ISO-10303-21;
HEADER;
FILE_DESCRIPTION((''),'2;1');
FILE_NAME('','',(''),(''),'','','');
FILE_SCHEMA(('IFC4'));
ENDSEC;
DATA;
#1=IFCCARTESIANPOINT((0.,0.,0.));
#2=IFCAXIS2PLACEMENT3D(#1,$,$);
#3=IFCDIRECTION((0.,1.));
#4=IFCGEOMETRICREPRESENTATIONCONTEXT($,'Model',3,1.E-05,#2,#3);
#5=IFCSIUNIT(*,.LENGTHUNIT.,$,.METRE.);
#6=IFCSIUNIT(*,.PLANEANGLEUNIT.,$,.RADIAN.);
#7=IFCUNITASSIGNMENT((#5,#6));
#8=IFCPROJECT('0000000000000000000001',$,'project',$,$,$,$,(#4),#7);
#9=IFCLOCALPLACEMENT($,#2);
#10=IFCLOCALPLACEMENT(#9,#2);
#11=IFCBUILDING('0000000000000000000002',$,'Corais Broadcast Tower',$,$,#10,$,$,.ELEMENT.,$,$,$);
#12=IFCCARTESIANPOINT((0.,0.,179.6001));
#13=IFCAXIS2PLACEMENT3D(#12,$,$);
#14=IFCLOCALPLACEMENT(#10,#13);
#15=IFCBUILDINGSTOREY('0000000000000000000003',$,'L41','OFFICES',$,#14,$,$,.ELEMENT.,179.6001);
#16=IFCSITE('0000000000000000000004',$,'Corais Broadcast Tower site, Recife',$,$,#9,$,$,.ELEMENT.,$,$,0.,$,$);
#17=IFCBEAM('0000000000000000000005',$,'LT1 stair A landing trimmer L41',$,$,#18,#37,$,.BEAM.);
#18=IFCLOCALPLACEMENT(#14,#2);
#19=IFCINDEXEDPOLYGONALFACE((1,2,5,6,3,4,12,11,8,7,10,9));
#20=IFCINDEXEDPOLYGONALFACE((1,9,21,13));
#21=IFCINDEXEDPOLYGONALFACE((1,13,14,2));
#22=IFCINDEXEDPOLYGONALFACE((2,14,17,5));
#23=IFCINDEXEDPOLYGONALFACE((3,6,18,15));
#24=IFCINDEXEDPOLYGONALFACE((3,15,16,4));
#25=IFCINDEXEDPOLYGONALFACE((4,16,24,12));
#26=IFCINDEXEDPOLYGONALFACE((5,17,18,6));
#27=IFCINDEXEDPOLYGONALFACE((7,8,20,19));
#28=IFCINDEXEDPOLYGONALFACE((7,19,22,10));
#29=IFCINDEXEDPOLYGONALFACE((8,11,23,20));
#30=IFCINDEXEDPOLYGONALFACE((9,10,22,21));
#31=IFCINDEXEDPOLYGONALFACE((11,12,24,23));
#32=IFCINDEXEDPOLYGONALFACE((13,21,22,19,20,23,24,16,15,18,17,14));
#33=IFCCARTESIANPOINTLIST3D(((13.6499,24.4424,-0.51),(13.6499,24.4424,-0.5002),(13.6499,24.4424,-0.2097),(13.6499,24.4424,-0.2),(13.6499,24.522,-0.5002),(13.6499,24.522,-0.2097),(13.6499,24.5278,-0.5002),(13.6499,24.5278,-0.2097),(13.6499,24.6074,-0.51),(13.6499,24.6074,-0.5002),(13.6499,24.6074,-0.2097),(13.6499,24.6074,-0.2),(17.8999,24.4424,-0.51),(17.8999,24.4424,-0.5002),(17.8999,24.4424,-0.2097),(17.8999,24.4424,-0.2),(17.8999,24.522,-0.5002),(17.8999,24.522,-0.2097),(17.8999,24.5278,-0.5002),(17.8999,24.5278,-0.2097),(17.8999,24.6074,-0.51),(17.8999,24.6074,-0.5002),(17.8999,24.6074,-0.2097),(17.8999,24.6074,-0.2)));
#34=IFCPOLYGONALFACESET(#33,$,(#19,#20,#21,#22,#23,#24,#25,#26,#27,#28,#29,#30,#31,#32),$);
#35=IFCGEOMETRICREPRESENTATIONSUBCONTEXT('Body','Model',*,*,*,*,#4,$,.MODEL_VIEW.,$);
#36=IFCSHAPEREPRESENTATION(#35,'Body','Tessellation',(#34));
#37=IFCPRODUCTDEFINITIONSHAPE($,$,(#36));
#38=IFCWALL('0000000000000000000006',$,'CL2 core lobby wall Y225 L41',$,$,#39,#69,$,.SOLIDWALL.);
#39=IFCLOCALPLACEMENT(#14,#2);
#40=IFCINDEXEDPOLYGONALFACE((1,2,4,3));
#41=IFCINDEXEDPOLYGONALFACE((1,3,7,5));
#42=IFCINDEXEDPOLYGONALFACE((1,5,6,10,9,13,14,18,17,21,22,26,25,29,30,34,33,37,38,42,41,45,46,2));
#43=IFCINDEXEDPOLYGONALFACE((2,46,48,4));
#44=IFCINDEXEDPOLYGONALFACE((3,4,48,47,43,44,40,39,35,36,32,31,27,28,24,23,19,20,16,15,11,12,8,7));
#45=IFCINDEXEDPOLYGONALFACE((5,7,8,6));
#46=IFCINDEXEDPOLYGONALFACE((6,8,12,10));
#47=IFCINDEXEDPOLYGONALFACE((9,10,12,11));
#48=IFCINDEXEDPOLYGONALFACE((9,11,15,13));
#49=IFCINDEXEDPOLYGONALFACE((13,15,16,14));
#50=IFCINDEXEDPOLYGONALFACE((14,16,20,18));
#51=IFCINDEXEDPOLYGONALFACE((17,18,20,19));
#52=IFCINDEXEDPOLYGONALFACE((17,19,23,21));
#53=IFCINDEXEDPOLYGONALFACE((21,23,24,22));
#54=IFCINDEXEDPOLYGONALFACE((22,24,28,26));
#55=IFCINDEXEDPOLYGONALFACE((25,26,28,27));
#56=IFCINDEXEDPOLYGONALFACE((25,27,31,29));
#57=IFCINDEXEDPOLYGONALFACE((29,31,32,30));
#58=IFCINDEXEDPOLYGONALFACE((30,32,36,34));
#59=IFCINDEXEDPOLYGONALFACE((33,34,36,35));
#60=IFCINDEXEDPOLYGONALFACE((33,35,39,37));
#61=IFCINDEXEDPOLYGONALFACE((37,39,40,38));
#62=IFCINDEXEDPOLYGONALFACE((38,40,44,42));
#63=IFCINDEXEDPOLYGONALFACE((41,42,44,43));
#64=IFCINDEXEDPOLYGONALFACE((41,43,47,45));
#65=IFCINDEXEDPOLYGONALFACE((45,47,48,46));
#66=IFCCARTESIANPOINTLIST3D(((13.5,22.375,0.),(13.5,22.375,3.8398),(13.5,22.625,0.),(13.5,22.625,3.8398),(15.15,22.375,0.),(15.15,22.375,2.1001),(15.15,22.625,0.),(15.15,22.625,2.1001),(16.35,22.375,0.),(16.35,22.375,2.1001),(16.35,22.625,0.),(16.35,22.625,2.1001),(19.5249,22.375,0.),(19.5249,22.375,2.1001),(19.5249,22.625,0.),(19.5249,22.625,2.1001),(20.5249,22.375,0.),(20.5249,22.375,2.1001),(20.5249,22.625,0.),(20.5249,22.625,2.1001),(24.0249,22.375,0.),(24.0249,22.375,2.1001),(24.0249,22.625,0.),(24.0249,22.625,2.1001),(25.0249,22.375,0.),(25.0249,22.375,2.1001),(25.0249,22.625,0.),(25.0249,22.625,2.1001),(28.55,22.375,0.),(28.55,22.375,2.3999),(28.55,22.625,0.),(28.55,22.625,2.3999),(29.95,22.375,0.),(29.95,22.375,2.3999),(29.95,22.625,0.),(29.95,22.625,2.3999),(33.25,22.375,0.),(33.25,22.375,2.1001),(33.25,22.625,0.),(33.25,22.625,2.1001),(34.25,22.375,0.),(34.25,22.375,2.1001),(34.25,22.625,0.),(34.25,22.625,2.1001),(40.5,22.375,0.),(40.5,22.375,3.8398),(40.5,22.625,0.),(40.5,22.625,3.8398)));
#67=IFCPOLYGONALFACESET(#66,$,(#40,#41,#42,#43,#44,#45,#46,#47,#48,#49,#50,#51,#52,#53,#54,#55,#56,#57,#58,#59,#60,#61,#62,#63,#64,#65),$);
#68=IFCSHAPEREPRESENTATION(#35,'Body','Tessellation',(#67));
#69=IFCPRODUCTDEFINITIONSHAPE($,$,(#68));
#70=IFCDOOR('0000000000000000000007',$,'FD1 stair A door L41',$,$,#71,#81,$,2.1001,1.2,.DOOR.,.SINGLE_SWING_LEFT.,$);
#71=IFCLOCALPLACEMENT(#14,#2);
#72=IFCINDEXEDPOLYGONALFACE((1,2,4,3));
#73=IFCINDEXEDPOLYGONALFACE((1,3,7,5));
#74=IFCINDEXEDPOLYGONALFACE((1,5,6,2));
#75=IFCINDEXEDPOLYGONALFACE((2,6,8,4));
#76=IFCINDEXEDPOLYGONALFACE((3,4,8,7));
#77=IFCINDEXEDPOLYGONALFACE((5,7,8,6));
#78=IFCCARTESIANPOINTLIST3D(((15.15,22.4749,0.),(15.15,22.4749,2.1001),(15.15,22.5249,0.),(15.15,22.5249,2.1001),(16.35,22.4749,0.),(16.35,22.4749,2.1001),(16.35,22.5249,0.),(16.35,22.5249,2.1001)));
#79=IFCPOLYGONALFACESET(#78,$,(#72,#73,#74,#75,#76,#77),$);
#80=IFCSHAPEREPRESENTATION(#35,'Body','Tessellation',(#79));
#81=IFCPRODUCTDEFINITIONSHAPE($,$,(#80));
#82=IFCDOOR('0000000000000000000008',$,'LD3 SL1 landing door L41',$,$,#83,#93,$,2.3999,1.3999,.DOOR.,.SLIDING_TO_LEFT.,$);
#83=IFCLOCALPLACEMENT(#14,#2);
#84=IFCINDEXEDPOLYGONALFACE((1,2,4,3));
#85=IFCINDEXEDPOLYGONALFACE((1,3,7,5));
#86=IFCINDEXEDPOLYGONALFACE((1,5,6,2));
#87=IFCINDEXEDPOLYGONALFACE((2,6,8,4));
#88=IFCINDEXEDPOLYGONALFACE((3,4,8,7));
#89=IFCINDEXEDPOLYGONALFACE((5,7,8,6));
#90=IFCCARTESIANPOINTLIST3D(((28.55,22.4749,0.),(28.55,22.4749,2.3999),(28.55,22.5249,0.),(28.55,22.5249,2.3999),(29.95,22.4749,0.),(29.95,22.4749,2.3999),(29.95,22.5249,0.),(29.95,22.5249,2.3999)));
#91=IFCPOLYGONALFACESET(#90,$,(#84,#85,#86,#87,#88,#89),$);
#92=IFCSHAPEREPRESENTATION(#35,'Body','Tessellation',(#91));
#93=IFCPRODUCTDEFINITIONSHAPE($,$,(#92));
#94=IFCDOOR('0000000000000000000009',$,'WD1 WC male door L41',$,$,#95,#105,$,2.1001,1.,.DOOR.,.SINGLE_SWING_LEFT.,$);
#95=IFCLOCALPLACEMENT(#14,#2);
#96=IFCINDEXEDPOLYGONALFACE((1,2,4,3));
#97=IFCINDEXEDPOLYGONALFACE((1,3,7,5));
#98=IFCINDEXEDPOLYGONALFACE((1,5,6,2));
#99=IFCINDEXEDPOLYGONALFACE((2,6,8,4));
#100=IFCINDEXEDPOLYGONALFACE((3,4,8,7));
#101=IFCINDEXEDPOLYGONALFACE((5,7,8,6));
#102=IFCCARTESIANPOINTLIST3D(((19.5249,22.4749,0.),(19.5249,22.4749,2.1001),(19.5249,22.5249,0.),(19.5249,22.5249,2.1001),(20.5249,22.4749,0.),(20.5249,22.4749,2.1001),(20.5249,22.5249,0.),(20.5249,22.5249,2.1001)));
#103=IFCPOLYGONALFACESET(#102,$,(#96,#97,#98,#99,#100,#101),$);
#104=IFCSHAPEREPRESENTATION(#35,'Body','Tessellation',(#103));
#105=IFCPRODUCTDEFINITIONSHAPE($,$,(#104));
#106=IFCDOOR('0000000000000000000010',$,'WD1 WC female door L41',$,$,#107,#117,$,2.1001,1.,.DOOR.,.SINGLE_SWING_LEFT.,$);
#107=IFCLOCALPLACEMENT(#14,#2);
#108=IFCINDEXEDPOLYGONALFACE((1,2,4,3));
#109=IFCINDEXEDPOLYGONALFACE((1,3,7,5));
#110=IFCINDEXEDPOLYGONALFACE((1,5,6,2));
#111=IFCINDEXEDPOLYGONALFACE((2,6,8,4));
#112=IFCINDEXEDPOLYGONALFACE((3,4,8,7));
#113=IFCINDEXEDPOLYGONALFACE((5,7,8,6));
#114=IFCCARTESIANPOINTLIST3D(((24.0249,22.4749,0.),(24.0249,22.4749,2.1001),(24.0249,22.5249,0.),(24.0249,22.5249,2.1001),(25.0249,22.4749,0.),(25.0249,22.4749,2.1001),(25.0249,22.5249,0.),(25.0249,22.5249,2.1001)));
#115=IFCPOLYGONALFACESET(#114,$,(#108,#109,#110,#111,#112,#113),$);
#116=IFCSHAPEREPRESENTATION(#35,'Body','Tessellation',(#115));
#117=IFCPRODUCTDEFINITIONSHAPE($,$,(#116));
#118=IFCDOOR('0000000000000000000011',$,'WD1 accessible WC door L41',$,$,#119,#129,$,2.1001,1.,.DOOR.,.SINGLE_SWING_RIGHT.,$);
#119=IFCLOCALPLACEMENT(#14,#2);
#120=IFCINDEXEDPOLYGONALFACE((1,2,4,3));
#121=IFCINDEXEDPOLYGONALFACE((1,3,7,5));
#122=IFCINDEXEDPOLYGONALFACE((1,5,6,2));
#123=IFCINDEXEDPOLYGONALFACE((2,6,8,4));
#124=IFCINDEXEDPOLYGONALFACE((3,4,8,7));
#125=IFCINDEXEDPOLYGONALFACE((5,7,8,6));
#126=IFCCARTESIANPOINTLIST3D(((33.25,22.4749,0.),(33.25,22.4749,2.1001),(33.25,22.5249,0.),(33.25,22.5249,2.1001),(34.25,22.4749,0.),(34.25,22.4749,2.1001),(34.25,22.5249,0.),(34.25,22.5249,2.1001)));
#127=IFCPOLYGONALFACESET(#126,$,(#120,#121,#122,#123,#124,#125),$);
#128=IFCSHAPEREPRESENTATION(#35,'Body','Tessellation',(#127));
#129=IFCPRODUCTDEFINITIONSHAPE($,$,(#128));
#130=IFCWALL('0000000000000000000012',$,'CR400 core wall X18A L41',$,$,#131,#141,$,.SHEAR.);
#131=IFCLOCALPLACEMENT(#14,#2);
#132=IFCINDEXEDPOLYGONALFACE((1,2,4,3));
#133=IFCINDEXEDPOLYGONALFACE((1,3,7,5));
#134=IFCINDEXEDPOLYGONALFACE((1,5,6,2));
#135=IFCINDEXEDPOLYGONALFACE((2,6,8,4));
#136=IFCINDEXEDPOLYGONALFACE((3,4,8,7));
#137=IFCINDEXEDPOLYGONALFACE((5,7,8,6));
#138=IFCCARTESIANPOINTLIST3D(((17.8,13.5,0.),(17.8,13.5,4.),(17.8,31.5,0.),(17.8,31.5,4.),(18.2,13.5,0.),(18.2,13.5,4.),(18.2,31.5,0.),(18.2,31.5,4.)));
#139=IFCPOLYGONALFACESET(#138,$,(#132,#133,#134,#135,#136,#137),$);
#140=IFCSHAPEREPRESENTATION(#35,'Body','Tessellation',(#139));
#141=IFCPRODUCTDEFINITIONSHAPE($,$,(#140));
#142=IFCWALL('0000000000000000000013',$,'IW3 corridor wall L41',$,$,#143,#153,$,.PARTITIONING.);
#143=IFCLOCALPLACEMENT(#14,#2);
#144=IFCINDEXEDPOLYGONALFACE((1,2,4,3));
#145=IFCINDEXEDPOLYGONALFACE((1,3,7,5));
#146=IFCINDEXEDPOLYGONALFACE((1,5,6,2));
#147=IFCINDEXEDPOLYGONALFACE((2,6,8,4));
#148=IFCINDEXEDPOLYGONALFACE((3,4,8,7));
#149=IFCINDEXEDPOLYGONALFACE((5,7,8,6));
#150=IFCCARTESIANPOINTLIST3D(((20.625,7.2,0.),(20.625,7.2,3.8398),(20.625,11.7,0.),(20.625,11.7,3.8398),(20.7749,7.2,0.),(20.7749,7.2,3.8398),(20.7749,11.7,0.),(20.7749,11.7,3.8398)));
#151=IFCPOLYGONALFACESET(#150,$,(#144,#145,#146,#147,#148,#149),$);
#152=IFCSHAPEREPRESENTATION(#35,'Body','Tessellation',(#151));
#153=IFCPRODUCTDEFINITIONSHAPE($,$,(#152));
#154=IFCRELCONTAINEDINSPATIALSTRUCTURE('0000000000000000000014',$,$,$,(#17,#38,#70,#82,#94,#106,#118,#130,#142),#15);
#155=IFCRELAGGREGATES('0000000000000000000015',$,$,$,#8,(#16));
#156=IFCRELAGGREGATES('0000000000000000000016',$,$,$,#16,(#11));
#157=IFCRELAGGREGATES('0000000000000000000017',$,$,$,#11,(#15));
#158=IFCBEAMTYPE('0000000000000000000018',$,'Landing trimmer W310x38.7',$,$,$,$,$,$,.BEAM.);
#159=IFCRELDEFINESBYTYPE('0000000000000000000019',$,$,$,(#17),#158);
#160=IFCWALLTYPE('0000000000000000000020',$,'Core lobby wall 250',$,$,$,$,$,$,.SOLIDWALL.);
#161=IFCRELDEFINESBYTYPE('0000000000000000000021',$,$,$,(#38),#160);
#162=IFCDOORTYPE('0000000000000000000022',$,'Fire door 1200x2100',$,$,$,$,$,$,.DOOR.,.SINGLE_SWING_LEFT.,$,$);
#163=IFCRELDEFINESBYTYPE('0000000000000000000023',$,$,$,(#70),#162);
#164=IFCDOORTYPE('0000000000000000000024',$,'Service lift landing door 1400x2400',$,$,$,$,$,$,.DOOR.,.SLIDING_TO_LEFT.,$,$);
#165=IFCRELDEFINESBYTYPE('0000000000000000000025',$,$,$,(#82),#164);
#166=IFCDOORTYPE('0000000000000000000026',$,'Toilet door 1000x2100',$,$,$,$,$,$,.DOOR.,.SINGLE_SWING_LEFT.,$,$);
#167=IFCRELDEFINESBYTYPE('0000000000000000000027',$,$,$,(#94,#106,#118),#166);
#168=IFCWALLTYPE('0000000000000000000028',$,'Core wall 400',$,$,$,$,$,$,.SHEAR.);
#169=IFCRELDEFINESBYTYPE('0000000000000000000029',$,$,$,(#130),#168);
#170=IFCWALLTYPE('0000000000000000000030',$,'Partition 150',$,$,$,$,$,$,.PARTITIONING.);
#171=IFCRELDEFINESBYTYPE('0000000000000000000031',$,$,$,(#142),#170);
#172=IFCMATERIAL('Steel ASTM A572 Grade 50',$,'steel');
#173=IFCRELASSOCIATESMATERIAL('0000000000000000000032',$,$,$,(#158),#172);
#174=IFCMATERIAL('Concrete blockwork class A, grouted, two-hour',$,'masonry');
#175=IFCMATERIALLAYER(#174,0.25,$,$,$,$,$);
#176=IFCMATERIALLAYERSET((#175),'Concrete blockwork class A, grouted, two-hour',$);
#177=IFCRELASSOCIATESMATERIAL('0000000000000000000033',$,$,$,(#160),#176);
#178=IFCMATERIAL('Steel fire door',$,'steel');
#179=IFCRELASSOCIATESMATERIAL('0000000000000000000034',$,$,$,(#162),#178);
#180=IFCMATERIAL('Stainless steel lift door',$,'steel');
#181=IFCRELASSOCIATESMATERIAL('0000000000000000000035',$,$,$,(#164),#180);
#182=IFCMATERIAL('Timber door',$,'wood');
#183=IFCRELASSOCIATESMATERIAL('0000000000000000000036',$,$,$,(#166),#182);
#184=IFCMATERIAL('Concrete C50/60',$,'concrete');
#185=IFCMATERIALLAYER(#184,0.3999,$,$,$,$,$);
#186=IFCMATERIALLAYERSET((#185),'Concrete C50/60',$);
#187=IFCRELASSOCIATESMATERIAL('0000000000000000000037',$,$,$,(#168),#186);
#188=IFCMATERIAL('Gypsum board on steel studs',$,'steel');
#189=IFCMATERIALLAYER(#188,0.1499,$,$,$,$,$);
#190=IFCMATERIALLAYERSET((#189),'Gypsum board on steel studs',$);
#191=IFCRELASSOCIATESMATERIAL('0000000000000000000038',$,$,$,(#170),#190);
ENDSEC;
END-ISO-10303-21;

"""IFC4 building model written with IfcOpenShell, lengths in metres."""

from ifc_helpers import new_model, si_unit, direction, frame, frame_2d, origin, origin_2d, place, context, subcontext, project, spatial, rectangle, i_section, extrude, material, layer, layer_set, material_profile, profile_set, type_object, element, fill, save


model = new_model("IFC4")

# Units and contexts
model_context = context("Model", 3, precision=1e-05, world=origin(), true_north=direction((0.0, 1.0)))
body_context = subcontext(model_context, "Body", "Model", "MODEL_VIEW")
ifc_project = project(units=[si_unit("LENGTHUNIT", "METRE"), si_unit("PLANEANGLEUNIT", "RADIAN")], contexts=[model_context])

# Site, building, storey
site_placement = place(None, origin())
site = spatial("IfcSite", under=ifc_project, at=site_placement, Name="Corais Broadcast Tower site, Recife", CompositionType="ELEMENT", RefElevation=0.0)
building_placement = place(site_placement, origin())
building = spatial("IfcBuilding", under=site, at=building_placement, Name="Corais Broadcast Tower", CompositionType="ELEMENT")
storey_placement = place(building_placement, frame((0.0, 0.0, 179.6001)))
storey = spatial("IfcBuildingStorey", under=building, at=storey_placement, Name="L41", Description="OFFICES", CompositionType="ELEMENT", Elevation=179.6001)

# Beam
ifc_material_1 = material(Name="Steel ASTM A572 Grade 50", Category="steel")
ifc_material_profile = material_profile(ifc_material_1, i_section(OverallWidth=0.165, OverallDepth=0.3101, WebThickness=0.0059, FlangeThickness=0.0098, at=origin_2d()), Name="W310x38.7")
ifc_profile_set = profile_set([ifc_material_profile], Name="Steel ASTM A572 Grade 50")
beam_type = type_object("IfcBeamType", Name="Landing trimmer W310x38.7", PredefinedType="BEAM", material=ifc_profile_set)
beam_placement = place(storey_placement, frame((13.6499, 24.5249, -0.355), z_axis=(1.0, 0.0, 0.0), x_axis=(0.0, 1.0, 0.0)))
element("IfcBeam", 1, at=beam_placement, inside=storey, type_object=beam_type, Name="LT1 stair A landing trimmer L41", PredefinedType="BEAM", context=body_context, shape_type="SweptSolid", body=[
    extrude(i_section(OverallWidth=0.165, OverallDepth=0.3101, WebThickness=0.0059, FlangeThickness=0.0098, at=origin_2d()), origin(), (0.0, 0.0, 1.0), 4.25),
])

# Wall, openings, doors
ifc_material_2 = material(Name="Concrete blockwork class A, grouted, two-hour", Category="masonry")
ifc_layer_1 = layer(ifc_material_2, 0.25)
ifc_layer_set_1 = layer_set([ifc_layer_1], Name="Concrete blockwork class A, grouted, two-hour")
wall_type_1 = type_object("IfcWallType", Name="Core lobby wall 250", PredefinedType="SOLIDWALL", material=ifc_layer_set_1)
wall_1_placement = place(storey_placement, frame((13.5, 22.5, 0.0), z_axis=(0.0, 0.0, 1.0), x_axis=(1.0, 0.0, 0.0)))
wall_1 = element("IfcWall", 2, at=wall_1_placement, inside=storey, type_object=wall_type_1, Name="CL2 core lobby wall Y225 L41", PredefinedType="SOLIDWALL", context=body_context, shape_type="SweptSolid", body=[
    extrude(rectangle(XDim=27.0, YDim=0.25, at=frame_2d((13.5, 0.0))), origin(), (0.0, 0.0, 1.0), 3.8398),
])
opening_1_placement = place(wall_1_placement, frame((1.6499, 0.0, 0.0)))
opening_1 = element("IfcOpeningElement", 3, at=opening_1_placement, cuts=wall_1, PredefinedType="OPENING", context=body_context, shape_type="SweptSolid", body=[
    extrude(rectangle(XDim=1.2, YDim=2.1001, at=frame_2d((0.6001, 1.05))), frame((0.0, 0.135, 0.0), z_axis=(0.0, -1.0, 0.0), x_axis=(1.0, 0.0, 0.0)), (0.0, 0.0, 1.0), 0.27),
])
opening_2_placement = place(wall_1_placement, frame((6.0249, 0.0, 0.0)))
opening_2 = element("IfcOpeningElement", 4, at=opening_2_placement, cuts=wall_1, PredefinedType="OPENING", context=body_context, shape_type="SweptSolid", body=[
    extrude(rectangle(XDim=1.0, YDim=2.1001, at=frame_2d((0.5, 1.05))), frame((0.0, 0.135, 0.0), z_axis=(0.0, -1.0, 0.0), x_axis=(1.0, 0.0, 0.0)), (0.0, 0.0, 1.0), 0.27),
])
opening_3_placement = place(wall_1_placement, frame((10.5249, 0.0, 0.0)))
opening_3 = element("IfcOpeningElement", 5, at=opening_3_placement, cuts=wall_1, PredefinedType="OPENING", context=body_context, shape_type="SweptSolid", body=[
    extrude(rectangle(XDim=1.0, YDim=2.1001, at=frame_2d((0.5, 1.05))), frame((0.0, 0.135, 0.0), z_axis=(0.0, -1.0, 0.0), x_axis=(1.0, 0.0, 0.0)), (0.0, 0.0, 1.0), 0.27),
])
opening_4_placement = place(wall_1_placement, frame((19.75, 0.0, 0.0)))
opening_4 = element("IfcOpeningElement", 6, at=opening_4_placement, cuts=wall_1, PredefinedType="OPENING", context=body_context, shape_type="SweptSolid", body=[
    extrude(rectangle(XDim=1.0, YDim=2.1001, at=frame_2d((0.5, 1.05))), frame((0.0, 0.135, 0.0), z_axis=(0.0, -1.0, 0.0), x_axis=(1.0, 0.0, 0.0)), (0.0, 0.0, 1.0), 0.27),
])
opening_5_placement = place(wall_1_placement, frame((15.05, 0.0, 0.0)))
opening_5 = element("IfcOpeningElement", 7, at=opening_5_placement, cuts=wall_1, PredefinedType="OPENING", context=body_context, shape_type="SweptSolid", body=[
    extrude(rectangle(XDim=1.3999, YDim=2.3999, at=frame_2d((0.7, 1.2))), frame((0.0, 0.135, 0.0), z_axis=(0.0, -1.0, 0.0), x_axis=(1.0, 0.0, 0.0)), (0.0, 0.0, 1.0), 0.27),
])
ifc_material_3 = material(Name="Steel fire door", Category="steel")
door_type_1 = type_object("IfcDoorType", Name="Fire door 1200x2100", OperationType="SINGLE_SWING_LEFT", PredefinedType="DOOR", material=ifc_material_3)
door_1_placement = place(opening_1_placement, origin())
door_1 = element("IfcDoor", 8, at=door_1_placement, inside=storey, type_object=door_type_1, Name="FD1 stair A door L41", OperationType="SINGLE_SWING_LEFT", OverallHeight=2.1001, OverallWidth=1.2, PredefinedType="DOOR", context=body_context, shape_type="SweptSolid", body=[
    extrude(rectangle(XDim=1.2, YDim=2.1001, at=frame_2d((0.6001, 1.05))), frame((0.0, 0.0249, 0.0), z_axis=(0.0, -1.0, 0.0), x_axis=(1.0, 0.0, 0.0)), (0.0, 0.0, 1.0), 0.05),
])
fill(opening_1, door_1)
ifc_material_4 = material(Name="Stainless steel lift door", Category="steel")
door_type_2 = type_object("IfcDoorType", Name="Service lift landing door 1400x2400", OperationType="SLIDING_TO_LEFT", PredefinedType="DOOR", material=ifc_material_4)
door_2_placement = place(opening_5_placement, origin())
door_2 = element("IfcDoor", 9, at=door_2_placement, inside=storey, type_object=door_type_2, Name="LD3 SL1 landing door L41", OperationType="SLIDING_TO_LEFT", OverallHeight=2.3999, OverallWidth=1.3999, PredefinedType="DOOR", context=body_context, shape_type="SweptSolid", body=[
    extrude(rectangle(XDim=1.3999, YDim=2.3999, at=frame_2d((0.7, 1.2))), frame((0.0, 0.0249, 0.0), z_axis=(0.0, -1.0, 0.0), x_axis=(1.0, 0.0, 0.0)), (0.0, 0.0, 1.0), 0.05),
])
fill(opening_5, door_2)
ifc_material_5 = material(Name="Timber door", Category="wood")
door_type_3 = type_object("IfcDoorType", Name="Toilet door 1000x2100", OperationType="SINGLE_SWING_LEFT", PredefinedType="DOOR", material=ifc_material_5)
door_3_placement = place(opening_2_placement, origin())
door_3 = element("IfcDoor", 10, at=door_3_placement, inside=storey, type_object=door_type_3, Name="WD1 WC male door L41", OperationType="SINGLE_SWING_LEFT", OverallHeight=2.1001, OverallWidth=1.0, PredefinedType="DOOR", context=body_context, shape_type="SweptSolid", body=[
    extrude(rectangle(XDim=1.0, YDim=2.1001, at=frame_2d((0.5, 1.05))), frame((0.0, 0.0249, 0.0), z_axis=(0.0, -1.0, 0.0), x_axis=(1.0, 0.0, 0.0)), (0.0, 0.0, 1.0), 0.05),
])
fill(opening_2, door_3)
door_4_placement = place(opening_3_placement, origin())
door_4 = element("IfcDoor", 11, at=door_4_placement, inside=storey, type_object=door_type_3, Name="WD1 WC female door L41", OperationType="SINGLE_SWING_LEFT", OverallHeight=2.1001, OverallWidth=1.0, PredefinedType="DOOR", context=body_context, shape_type="SweptSolid", body=[
    extrude(rectangle(XDim=1.0, YDim=2.1001, at=frame_2d((0.5, 1.05))), frame((0.0, 0.0249, 0.0), z_axis=(0.0, -1.0, 0.0), x_axis=(1.0, 0.0, 0.0)), (0.0, 0.0, 1.0), 0.05),
])
fill(opening_3, door_4)
door_5_placement = place(opening_4_placement, origin())
door_5 = element("IfcDoor", 12, at=door_5_placement, inside=storey, type_object=door_type_3, Name="WD1 accessible WC door L41", OperationType="SINGLE_SWING_RIGHT", OverallHeight=2.1001, OverallWidth=1.0, PredefinedType="DOOR", context=body_context, shape_type="SweptSolid", body=[
    extrude(rectangle(XDim=1.0, YDim=2.1001, at=frame_2d((0.5, 1.05))), frame((0.0, 0.0249, 0.0), z_axis=(0.0, -1.0, 0.0), x_axis=(1.0, 0.0, 0.0)), (0.0, 0.0, 1.0), 0.05),
])
fill(opening_4, door_5)

# Walls
ifc_material_6 = material(Name="Concrete C50/60", Category="concrete")
ifc_layer_2 = layer(ifc_material_6, 0.3999)
ifc_layer_set_2 = layer_set([ifc_layer_2], Name="Concrete C50/60")
wall_type_2 = type_object("IfcWallType", Name="Core wall 400", PredefinedType="SHEAR", material=ifc_layer_set_2)
wall_2_placement = place(storey_placement, frame((18.0, 13.5, 0.0), z_axis=(0.0, 0.0, 1.0), x_axis=(0.0, 1.0, 0.0)))
element("IfcWall", 13, at=wall_2_placement, inside=storey, type_object=wall_type_2, Name="CR400 core wall X18A L41", PredefinedType="SHEAR", context=body_context, shape_type="SweptSolid", body=[
    extrude(rectangle(XDim=18.0, YDim=0.3999, at=frame_2d((9.0, 0.0))), origin(), (0.0, 0.0, 1.0), 4.0),
])
ifc_material_7 = material(Name="Gypsum board on steel studs", Category="steel")
ifc_layer_3 = layer(ifc_material_7, 0.1499)
ifc_layer_set_3 = layer_set([ifc_layer_3], Name="Gypsum board on steel studs")
wall_type_3 = type_object("IfcWallType", Name="Partition 150", PredefinedType="PARTITIONING", material=ifc_layer_set_3)
wall_3_placement = place(storey_placement, frame((20.7, 11.7, 0.0), z_axis=(0.0, 0.0, 1.0), x_axis=(0.0, -1.0, 0.0)))
element("IfcWall", 14, at=wall_3_placement, inside=storey, type_object=wall_type_3, Name="IW3 corridor wall L41", PredefinedType="PARTITIONING", context=body_context, shape_type="SweptSolid", body=[
    extrude(rectangle(XDim=4.5, YDim=0.1499, at=frame_2d((2.25, 0.0))), origin(), (0.0, 0.0, 1.0), 3.8398),
])

save(model, "model.ifc")
